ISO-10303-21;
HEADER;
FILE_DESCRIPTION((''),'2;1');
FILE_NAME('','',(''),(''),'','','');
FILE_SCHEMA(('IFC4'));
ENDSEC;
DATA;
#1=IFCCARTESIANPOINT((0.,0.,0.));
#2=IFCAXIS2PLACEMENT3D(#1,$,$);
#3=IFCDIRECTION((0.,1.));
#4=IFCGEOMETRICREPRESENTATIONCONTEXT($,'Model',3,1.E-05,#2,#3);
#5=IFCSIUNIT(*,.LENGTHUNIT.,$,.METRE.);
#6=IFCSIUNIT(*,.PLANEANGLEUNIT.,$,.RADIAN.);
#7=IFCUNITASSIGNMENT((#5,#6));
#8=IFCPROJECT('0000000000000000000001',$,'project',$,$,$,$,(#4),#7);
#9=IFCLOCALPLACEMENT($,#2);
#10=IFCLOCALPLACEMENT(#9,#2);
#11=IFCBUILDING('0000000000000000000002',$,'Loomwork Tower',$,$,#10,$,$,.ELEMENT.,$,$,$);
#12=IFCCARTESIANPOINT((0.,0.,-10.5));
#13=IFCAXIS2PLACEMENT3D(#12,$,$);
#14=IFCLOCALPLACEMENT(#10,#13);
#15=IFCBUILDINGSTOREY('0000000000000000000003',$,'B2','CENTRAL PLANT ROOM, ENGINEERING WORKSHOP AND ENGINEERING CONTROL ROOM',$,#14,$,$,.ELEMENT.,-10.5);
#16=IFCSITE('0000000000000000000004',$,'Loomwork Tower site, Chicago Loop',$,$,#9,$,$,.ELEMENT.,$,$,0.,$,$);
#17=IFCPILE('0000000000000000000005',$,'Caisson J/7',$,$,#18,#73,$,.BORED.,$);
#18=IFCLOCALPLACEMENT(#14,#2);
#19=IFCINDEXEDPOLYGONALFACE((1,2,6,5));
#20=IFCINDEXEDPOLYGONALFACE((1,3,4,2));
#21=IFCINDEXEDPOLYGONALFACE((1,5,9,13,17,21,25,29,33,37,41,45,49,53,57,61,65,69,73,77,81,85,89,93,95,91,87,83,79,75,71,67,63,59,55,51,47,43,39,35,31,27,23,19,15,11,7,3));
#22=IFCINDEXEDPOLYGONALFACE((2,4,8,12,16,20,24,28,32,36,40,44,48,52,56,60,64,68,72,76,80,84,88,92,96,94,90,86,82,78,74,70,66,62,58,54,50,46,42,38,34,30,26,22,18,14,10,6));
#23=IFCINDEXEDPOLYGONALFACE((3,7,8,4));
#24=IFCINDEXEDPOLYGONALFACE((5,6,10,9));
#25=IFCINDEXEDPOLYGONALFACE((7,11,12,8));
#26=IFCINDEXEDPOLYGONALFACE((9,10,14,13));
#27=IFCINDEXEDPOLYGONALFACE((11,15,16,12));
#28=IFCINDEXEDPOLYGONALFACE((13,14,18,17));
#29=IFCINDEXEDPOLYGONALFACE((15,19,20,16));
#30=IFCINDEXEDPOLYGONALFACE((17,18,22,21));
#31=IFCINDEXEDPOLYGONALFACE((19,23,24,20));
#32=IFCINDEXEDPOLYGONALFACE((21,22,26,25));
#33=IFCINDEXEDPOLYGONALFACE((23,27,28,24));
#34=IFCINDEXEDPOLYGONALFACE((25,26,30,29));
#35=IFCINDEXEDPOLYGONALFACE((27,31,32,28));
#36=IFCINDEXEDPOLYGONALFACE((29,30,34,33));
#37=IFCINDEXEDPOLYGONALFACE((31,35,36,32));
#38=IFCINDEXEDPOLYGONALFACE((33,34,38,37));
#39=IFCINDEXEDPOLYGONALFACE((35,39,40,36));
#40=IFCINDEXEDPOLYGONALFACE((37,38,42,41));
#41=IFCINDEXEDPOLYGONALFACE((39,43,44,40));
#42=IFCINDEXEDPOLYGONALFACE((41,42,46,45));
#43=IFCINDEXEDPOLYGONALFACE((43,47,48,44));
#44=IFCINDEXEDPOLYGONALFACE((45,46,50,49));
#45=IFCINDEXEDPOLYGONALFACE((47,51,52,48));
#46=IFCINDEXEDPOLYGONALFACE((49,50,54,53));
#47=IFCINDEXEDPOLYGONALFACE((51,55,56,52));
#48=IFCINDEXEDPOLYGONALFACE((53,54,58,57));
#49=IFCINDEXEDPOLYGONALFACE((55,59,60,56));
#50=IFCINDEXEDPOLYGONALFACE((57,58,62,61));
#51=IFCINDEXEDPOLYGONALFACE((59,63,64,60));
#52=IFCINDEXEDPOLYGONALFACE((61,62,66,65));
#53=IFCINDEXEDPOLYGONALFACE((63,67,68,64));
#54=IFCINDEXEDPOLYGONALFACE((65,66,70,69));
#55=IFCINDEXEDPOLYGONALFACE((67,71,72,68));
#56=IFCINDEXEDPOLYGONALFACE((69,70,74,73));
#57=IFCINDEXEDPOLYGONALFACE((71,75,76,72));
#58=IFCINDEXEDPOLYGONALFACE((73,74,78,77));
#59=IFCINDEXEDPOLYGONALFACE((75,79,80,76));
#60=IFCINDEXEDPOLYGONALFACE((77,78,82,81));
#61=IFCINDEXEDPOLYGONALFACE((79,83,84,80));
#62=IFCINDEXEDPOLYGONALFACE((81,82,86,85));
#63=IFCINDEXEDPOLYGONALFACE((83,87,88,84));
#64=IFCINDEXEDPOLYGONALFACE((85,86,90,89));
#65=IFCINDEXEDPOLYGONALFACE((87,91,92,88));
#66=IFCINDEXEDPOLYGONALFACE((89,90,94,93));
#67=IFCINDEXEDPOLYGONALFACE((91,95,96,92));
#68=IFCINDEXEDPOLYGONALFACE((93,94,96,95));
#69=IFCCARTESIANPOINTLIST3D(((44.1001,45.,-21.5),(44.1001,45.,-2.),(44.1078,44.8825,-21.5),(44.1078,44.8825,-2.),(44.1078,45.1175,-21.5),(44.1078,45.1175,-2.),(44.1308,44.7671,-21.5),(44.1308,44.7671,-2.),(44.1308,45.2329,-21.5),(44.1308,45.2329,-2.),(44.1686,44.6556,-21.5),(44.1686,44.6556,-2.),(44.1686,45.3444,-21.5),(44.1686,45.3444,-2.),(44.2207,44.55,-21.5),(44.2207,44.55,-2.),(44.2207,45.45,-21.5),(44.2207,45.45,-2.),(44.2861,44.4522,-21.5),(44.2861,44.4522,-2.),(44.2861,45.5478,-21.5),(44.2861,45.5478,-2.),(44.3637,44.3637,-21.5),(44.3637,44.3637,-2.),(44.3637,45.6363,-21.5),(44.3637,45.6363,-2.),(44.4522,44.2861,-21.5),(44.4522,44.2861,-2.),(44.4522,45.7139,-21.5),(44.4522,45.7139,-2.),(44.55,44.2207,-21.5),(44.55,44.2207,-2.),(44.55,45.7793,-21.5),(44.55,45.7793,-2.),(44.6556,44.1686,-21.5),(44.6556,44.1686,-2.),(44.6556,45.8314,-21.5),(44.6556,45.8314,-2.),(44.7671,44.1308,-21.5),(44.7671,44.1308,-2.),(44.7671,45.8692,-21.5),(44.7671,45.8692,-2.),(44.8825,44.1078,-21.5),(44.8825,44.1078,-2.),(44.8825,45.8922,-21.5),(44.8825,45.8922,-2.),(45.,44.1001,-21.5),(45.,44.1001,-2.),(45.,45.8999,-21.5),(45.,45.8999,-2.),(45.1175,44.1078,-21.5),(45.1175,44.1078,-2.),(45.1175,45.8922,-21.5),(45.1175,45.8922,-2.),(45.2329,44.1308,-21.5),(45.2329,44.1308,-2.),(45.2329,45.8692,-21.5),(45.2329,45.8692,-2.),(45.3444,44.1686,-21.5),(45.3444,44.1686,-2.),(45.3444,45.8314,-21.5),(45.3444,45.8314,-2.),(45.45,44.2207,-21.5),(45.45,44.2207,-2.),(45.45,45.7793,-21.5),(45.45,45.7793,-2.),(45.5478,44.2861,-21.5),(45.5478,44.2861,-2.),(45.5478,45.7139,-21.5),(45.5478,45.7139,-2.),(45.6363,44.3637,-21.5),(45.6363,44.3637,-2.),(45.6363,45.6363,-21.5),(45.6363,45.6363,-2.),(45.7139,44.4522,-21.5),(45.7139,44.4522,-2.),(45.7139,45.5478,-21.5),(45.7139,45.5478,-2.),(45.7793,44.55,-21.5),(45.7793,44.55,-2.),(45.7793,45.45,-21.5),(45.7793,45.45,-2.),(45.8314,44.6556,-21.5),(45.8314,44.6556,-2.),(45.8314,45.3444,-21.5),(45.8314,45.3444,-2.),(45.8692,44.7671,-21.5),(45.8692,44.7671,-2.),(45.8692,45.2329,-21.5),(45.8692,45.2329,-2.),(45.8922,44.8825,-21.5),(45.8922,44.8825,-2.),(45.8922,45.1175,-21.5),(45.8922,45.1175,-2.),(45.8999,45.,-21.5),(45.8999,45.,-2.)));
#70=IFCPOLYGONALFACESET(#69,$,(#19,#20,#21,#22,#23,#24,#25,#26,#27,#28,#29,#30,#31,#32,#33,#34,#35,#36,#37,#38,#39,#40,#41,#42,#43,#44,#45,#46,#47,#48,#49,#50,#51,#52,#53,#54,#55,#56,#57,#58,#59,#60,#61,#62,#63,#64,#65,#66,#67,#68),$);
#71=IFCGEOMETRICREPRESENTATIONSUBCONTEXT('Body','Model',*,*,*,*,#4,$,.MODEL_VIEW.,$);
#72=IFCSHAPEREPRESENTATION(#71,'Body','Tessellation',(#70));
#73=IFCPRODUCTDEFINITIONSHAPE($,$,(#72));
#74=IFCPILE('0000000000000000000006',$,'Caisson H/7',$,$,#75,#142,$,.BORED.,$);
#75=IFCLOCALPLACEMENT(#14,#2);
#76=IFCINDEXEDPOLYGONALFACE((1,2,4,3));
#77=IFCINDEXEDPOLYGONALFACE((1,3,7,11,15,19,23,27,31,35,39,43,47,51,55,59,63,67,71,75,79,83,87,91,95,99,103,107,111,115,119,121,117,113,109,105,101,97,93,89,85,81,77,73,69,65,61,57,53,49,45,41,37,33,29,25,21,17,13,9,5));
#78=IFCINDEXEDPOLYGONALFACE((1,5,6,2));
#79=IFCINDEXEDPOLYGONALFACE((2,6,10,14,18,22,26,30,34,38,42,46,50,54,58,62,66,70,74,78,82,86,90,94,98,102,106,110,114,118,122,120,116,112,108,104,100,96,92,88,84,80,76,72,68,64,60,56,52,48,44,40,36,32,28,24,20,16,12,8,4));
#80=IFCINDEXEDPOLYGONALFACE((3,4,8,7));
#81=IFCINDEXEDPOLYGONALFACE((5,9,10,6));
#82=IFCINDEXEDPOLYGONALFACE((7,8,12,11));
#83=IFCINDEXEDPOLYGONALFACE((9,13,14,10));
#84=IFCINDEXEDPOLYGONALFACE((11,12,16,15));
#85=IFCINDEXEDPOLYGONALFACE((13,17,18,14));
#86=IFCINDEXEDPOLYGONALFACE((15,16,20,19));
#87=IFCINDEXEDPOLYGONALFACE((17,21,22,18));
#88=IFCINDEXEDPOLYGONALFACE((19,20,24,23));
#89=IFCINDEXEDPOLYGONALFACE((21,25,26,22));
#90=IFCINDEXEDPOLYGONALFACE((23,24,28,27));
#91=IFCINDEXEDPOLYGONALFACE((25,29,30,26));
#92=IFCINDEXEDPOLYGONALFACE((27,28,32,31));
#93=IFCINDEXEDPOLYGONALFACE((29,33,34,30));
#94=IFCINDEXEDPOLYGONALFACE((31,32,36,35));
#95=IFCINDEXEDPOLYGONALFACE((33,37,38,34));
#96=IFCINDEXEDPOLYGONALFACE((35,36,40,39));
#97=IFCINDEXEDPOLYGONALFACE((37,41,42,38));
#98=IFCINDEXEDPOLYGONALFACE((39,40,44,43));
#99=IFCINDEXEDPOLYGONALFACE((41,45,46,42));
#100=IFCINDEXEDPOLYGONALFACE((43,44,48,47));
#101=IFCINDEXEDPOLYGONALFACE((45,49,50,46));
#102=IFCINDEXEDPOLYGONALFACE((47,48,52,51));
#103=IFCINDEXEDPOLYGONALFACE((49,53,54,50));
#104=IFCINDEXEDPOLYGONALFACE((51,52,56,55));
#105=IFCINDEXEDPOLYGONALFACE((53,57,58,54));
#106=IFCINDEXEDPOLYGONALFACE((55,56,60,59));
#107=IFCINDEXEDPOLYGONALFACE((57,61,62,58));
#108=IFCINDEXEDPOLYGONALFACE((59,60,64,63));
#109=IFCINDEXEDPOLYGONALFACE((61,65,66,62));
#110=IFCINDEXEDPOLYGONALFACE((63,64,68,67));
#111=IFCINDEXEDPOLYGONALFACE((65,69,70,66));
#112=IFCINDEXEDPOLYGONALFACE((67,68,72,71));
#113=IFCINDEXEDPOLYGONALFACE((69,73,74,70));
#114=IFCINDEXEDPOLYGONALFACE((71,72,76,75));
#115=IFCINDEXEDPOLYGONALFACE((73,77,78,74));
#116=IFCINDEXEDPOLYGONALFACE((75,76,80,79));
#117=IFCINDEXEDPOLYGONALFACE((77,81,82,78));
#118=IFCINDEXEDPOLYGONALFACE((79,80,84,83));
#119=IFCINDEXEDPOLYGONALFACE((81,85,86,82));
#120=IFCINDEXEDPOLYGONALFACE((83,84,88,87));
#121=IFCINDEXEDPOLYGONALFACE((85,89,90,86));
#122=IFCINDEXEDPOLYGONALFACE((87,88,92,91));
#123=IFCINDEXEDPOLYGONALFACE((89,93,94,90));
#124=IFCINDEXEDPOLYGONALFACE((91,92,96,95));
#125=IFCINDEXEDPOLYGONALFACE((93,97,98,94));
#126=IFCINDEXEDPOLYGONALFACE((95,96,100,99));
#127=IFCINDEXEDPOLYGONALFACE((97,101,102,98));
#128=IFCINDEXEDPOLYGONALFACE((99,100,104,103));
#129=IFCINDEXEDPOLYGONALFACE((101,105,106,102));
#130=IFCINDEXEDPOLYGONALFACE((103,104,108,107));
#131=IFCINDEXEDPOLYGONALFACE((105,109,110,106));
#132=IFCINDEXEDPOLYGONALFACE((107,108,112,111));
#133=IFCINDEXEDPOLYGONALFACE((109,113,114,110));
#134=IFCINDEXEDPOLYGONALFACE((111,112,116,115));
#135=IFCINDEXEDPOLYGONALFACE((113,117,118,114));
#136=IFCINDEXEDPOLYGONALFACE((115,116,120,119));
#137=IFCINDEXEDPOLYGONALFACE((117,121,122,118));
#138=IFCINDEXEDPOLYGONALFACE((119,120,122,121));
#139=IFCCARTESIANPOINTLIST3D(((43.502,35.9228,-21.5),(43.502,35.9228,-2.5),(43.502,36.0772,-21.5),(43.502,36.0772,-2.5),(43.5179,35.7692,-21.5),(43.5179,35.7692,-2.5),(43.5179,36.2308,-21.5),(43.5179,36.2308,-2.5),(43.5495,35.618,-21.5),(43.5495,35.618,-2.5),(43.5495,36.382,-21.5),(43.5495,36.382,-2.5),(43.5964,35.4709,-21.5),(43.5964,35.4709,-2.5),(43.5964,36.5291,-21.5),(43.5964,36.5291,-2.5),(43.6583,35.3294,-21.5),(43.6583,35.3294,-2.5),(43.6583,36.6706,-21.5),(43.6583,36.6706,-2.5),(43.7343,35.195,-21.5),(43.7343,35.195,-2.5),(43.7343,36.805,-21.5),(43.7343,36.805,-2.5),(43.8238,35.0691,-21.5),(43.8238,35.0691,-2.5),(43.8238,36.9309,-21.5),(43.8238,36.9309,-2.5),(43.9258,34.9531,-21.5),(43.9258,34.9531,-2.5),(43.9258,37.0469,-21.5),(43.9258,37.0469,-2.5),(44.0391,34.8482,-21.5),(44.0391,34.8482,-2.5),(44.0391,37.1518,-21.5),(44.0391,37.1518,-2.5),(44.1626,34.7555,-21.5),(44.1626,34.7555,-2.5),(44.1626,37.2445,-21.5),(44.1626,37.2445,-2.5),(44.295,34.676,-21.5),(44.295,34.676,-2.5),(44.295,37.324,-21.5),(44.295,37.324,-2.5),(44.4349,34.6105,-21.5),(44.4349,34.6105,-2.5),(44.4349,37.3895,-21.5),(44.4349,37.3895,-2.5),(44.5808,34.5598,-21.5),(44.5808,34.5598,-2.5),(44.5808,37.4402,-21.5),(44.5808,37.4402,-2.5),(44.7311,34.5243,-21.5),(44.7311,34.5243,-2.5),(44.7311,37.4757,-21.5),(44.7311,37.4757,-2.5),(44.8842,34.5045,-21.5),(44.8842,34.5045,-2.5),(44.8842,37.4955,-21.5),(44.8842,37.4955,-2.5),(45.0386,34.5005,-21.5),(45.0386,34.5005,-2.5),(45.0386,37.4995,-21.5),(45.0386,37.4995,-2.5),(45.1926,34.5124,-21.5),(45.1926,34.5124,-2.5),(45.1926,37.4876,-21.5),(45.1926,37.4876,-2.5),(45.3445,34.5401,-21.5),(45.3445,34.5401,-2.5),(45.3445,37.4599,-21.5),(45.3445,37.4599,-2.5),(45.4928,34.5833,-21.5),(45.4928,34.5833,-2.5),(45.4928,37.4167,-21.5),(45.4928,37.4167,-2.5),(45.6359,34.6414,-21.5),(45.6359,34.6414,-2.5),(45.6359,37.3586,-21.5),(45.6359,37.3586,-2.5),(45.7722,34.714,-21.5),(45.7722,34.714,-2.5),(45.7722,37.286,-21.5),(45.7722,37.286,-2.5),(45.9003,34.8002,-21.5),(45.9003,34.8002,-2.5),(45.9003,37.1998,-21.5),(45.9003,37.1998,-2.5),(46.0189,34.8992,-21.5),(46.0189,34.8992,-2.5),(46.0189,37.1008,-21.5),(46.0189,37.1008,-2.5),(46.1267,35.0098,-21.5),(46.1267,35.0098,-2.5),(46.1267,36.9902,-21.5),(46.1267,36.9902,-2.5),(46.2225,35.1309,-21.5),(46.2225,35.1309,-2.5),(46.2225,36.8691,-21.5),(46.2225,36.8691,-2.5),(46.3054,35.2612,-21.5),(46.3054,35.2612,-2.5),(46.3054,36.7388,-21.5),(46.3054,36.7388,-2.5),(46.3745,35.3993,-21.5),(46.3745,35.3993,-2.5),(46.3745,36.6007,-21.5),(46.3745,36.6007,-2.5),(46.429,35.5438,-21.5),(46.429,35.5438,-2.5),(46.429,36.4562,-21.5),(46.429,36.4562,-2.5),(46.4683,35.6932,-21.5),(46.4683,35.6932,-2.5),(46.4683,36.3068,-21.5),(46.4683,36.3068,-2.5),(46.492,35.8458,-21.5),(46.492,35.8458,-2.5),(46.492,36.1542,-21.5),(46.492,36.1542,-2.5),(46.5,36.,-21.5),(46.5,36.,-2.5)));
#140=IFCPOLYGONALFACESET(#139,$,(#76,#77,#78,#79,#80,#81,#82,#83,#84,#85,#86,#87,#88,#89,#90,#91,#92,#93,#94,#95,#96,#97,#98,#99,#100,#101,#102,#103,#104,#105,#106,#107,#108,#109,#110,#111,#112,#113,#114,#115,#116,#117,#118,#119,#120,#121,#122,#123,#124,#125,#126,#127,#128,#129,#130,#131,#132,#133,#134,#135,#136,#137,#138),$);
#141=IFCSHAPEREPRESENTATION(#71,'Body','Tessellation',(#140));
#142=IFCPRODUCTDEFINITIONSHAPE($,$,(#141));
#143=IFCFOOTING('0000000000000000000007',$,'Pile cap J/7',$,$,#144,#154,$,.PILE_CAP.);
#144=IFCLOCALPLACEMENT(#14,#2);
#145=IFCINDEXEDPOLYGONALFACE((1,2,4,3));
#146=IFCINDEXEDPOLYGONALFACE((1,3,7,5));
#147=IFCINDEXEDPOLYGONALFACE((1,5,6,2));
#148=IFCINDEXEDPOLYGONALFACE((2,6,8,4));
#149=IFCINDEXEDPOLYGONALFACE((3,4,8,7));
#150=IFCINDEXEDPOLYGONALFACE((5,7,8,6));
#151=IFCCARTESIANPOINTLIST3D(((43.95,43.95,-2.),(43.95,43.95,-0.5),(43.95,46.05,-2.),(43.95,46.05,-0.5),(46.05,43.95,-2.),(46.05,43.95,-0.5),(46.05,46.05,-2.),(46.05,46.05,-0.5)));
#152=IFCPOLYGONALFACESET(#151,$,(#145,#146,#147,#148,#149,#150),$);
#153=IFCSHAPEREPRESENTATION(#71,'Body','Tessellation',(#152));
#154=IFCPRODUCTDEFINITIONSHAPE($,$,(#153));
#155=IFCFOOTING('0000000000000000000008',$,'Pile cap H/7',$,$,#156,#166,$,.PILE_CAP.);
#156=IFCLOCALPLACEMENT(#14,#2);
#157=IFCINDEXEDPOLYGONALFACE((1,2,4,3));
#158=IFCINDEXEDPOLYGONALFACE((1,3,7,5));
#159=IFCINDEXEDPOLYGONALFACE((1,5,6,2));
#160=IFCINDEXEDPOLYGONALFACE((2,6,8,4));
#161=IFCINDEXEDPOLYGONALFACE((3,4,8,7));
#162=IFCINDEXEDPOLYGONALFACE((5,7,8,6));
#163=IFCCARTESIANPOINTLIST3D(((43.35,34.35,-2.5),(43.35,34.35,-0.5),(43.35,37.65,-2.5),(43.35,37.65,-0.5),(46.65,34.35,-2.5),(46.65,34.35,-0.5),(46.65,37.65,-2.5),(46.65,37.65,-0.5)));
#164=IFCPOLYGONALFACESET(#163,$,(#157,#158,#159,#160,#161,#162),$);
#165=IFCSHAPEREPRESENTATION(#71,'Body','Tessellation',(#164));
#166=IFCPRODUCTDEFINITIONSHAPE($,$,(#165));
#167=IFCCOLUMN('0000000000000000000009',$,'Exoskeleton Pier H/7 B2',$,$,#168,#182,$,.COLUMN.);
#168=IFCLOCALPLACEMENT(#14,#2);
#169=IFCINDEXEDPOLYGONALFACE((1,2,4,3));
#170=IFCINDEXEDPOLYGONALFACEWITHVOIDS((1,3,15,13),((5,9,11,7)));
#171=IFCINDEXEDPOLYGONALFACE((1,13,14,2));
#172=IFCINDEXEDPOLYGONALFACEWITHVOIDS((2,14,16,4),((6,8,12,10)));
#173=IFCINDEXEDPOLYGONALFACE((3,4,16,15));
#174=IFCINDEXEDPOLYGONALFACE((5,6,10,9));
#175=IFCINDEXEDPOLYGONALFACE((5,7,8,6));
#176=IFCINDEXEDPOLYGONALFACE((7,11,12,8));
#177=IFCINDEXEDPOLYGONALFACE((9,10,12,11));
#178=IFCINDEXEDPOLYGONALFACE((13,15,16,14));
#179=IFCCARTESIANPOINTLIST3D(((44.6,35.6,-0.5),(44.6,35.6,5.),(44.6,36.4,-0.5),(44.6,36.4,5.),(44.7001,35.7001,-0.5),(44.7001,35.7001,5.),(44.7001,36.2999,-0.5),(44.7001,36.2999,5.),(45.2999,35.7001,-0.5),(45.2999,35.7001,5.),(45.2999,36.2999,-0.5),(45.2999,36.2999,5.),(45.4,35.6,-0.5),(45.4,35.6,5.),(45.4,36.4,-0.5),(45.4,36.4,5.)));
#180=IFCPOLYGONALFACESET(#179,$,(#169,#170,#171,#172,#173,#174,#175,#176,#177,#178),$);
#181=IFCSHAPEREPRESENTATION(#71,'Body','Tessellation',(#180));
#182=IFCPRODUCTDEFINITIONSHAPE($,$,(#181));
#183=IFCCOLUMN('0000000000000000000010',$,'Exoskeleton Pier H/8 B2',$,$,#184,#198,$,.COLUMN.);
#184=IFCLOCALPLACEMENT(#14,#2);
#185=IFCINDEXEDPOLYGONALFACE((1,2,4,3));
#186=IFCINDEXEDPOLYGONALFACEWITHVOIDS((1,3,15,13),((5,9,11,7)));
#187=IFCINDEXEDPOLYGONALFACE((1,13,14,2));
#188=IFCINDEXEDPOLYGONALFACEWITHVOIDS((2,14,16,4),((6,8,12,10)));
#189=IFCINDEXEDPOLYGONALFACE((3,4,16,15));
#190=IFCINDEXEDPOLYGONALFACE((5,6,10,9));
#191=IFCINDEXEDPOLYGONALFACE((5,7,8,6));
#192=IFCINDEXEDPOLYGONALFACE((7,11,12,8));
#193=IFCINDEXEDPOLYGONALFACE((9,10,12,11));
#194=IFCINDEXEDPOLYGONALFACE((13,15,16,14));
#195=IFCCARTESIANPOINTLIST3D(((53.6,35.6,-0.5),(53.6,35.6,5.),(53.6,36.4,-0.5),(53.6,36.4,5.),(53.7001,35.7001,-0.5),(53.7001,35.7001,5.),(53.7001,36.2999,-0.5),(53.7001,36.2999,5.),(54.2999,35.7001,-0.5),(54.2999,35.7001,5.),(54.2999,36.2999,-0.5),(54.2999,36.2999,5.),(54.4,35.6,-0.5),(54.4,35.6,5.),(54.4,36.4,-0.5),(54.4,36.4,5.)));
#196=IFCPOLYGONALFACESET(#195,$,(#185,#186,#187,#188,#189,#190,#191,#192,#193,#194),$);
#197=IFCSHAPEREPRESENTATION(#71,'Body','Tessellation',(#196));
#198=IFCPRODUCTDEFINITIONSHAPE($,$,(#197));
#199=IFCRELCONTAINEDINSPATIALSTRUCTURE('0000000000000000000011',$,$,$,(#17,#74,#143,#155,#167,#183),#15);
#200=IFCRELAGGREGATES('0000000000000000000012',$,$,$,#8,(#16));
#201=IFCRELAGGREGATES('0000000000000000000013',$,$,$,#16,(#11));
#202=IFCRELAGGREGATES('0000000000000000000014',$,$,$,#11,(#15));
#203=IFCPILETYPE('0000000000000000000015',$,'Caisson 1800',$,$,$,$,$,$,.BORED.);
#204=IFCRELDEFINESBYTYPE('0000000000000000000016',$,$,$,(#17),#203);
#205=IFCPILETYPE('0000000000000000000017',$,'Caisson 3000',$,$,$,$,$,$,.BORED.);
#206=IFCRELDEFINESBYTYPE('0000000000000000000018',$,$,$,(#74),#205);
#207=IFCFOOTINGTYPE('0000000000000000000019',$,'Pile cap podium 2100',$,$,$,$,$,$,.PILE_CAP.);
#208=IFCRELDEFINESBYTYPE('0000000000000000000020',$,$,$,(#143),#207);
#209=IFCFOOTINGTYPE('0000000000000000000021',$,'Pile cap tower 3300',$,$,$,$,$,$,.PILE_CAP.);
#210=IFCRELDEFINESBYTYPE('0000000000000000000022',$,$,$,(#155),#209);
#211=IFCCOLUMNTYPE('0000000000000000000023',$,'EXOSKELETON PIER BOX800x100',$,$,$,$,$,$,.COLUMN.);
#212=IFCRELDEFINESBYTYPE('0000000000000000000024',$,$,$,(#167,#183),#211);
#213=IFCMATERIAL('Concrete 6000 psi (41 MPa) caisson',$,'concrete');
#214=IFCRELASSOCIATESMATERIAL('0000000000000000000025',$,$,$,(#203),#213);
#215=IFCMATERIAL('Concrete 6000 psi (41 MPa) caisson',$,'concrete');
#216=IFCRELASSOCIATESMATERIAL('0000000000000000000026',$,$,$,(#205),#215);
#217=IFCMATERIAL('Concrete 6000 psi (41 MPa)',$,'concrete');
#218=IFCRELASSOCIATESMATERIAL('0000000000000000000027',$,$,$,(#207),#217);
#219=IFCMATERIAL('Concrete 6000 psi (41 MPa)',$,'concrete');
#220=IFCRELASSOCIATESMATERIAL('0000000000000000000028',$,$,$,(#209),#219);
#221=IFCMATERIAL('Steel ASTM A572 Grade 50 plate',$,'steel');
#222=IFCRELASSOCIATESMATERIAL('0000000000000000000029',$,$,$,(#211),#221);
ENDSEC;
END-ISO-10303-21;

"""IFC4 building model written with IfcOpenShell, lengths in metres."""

from ifc_helpers import new_model, si_unit, direction, frame, origin, origin_2d, place, context, subcontext, project, spatial, rectangle, hollow_rectangle, circle, extrude, material, material_profile, profile_set, type_object, element, save


model = new_model("IFC4")

# Units and contexts
model_context = context("Model", 3, precision=1e-05, world=origin(), true_north=direction((0.0, 1.0)))
body_context = subcontext(model_context, "Body", "Model", "MODEL_VIEW")
ifc_project = project(units=[si_unit("LENGTHUNIT", "METRE"), si_unit("PLANEANGLEUNIT", "RADIAN")], contexts=[model_context])

# Site, building, storey
site_placement = place(None, origin())
site = spatial("IfcSite", under=ifc_project, at=site_placement, Name="Loomwork Tower site, Chicago Loop", CompositionType="ELEMENT", RefElevation=0.0)
building_placement = place(site_placement, origin())
building = spatial("IfcBuilding", under=site, at=building_placement, Name="Loomwork Tower", CompositionType="ELEMENT")
storey_placement = place(building_placement, frame((0.0, 0.0, -10.5)))
storey = spatial("IfcBuildingStorey", under=building, at=storey_placement, Name="B2", Description="CENTRAL PLANT ROOM, ENGINEERING WORKSHOP AND ENGINEERING CONTROL ROOM", CompositionType="ELEMENT", Elevation=-10.5)

# Piles
ifc_material_1 = material(Name="Concrete 6000 psi (41 MPa) caisson", Category="concrete")
ifc_material_profile_1 = material_profile(ifc_material_1, circle(Radius=0.8999, at=origin_2d()), Name="D1800")
ifc_profile_set_1 = profile_set([ifc_material_profile_1], Name="Concrete 6000 psi (41 MPa) caisson")
pile_type_1 = type_object("IfcPileType", Name="Caisson 1800", PredefinedType="BORED", material=ifc_profile_set_1)
pile_1_placement = place(storey_placement, frame((45.0, 45.0, -2.0), z_axis=(0.0, 0.0, -1.0), x_axis=(1.0, 0.0, 0.0)))
element("IfcPile", 1, at=pile_1_placement, inside=storey, type_object=pile_type_1, Name="Caisson J/7", PredefinedType="BORED", context=body_context, shape_type="SweptSolid", body=[
    extrude(circle(Radius=0.8999, at=origin_2d()), origin(), (0.0, 0.0, 1.0), 19.5),
])
ifc_material_2 = material(Name="Concrete 6000 psi (41 MPa) caisson", Category="concrete")
ifc_material_profile_2 = material_profile(ifc_material_2, circle(Radius=1.5, at=origin_2d()), Name="D3000")
ifc_profile_set_2 = profile_set([ifc_material_profile_2], Name="Concrete 6000 psi (41 MPa) caisson")
pile_type_2 = type_object("IfcPileType", Name="Caisson 3000", PredefinedType="BORED", material=ifc_profile_set_2)
pile_2_placement = place(storey_placement, frame((45.0, 36.0, -2.5), z_axis=(0.0, 0.0, -1.0), x_axis=(1.0, 0.0, 0.0)))
element("IfcPile", 2, at=pile_2_placement, inside=storey, type_object=pile_type_2, Name="Caisson H/7", PredefinedType="BORED", context=body_context, shape_type="SweptSolid", body=[
    extrude(circle(Radius=1.5, at=origin_2d()), origin(), (0.0, 0.0, 1.0), 19.0),
])

# Footings
ifc_material_3 = material(Name="Concrete 6000 psi (41 MPa)", Category="concrete")
footing_type_1 = type_object("IfcFootingType", Name="Pile cap podium 2100", PredefinedType="PILE_CAP", material=ifc_material_3)
footing_1_placement = place(storey_placement, frame((45.0, 45.0, -2.0), z_axis=(0.0, 0.0, 1.0), x_axis=(1.0, 0.0, 0.0)))
element("IfcFooting", 3, at=footing_1_placement, inside=storey, type_object=footing_type_1, Name="Pile cap J/7", PredefinedType="PILE_CAP", context=body_context, shape_type="SweptSolid", body=[
    extrude(rectangle(XDim=2.1001, YDim=2.1001, at=origin_2d()), origin(), (0.0, 0.0, 1.0), 1.5),
])
ifc_material_4 = material(Name="Concrete 6000 psi (41 MPa)", Category="concrete")
footing_type_2 = type_object("IfcFootingType", Name="Pile cap tower 3300", PredefinedType="PILE_CAP", material=ifc_material_4)
footing_2_placement = place(storey_placement, frame((45.0, 36.0, -2.5), z_axis=(0.0, 0.0, 1.0), x_axis=(1.0, 0.0, 0.0)))
element("IfcFooting", 4, at=footing_2_placement, inside=storey, type_object=footing_type_2, Name="Pile cap H/7", PredefinedType="PILE_CAP", context=body_context, shape_type="SweptSolid", body=[
    extrude(rectangle(XDim=3.3, YDim=3.3, at=origin_2d()), origin(), (0.0, 0.0, 1.0), 2.0),
])

# Columns
ifc_material_5 = material(Name="Steel ASTM A572 Grade 50 plate", Category="steel")
ifc_material_profile_3 = material_profile(ifc_material_5, hollow_rectangle(XDim=0.8, YDim=0.8, WallThickness=0.1001, at=origin_2d()), Name="BOX800x100")
ifc_profile_set_3 = profile_set([ifc_material_profile_3], Name="Steel ASTM A572 Grade 50 plate")
column_type_1 = type_object("IfcColumnType", Name="EXOSKELETON PIER BOX800x100", PredefinedType="COLUMN", material=ifc_profile_set_3)
for number, where, z_axis, x_axis, name in (
    (5, (45.0, 36.0, -0.5), (0.0, 0.0, 1.0), (1.0, 0.0, 0.0), "Exoskeleton Pier H/7 B2"),
    (6, (54.0, 36.0, -0.5), (0.0, 0.0, 1.0), (1.0, 0.0, 0.0), "Exoskeleton Pier H/8 B2"),
):
    element("IfcColumn", number, at=place(storey_placement, frame(where, z_axis=z_axis, x_axis=x_axis)), inside=storey, type_object=column_type_1, Name=name, PredefinedType="COLUMN", context=body_context, shape_type="SweptSolid", body=[
        extrude(hollow_rectangle(XDim=0.8, YDim=0.8, WallThickness=0.1001, at=origin_2d()), origin(), (0.0, 0.0, 1.0), 5.5),
    ])

save(model, "model.ifc")
